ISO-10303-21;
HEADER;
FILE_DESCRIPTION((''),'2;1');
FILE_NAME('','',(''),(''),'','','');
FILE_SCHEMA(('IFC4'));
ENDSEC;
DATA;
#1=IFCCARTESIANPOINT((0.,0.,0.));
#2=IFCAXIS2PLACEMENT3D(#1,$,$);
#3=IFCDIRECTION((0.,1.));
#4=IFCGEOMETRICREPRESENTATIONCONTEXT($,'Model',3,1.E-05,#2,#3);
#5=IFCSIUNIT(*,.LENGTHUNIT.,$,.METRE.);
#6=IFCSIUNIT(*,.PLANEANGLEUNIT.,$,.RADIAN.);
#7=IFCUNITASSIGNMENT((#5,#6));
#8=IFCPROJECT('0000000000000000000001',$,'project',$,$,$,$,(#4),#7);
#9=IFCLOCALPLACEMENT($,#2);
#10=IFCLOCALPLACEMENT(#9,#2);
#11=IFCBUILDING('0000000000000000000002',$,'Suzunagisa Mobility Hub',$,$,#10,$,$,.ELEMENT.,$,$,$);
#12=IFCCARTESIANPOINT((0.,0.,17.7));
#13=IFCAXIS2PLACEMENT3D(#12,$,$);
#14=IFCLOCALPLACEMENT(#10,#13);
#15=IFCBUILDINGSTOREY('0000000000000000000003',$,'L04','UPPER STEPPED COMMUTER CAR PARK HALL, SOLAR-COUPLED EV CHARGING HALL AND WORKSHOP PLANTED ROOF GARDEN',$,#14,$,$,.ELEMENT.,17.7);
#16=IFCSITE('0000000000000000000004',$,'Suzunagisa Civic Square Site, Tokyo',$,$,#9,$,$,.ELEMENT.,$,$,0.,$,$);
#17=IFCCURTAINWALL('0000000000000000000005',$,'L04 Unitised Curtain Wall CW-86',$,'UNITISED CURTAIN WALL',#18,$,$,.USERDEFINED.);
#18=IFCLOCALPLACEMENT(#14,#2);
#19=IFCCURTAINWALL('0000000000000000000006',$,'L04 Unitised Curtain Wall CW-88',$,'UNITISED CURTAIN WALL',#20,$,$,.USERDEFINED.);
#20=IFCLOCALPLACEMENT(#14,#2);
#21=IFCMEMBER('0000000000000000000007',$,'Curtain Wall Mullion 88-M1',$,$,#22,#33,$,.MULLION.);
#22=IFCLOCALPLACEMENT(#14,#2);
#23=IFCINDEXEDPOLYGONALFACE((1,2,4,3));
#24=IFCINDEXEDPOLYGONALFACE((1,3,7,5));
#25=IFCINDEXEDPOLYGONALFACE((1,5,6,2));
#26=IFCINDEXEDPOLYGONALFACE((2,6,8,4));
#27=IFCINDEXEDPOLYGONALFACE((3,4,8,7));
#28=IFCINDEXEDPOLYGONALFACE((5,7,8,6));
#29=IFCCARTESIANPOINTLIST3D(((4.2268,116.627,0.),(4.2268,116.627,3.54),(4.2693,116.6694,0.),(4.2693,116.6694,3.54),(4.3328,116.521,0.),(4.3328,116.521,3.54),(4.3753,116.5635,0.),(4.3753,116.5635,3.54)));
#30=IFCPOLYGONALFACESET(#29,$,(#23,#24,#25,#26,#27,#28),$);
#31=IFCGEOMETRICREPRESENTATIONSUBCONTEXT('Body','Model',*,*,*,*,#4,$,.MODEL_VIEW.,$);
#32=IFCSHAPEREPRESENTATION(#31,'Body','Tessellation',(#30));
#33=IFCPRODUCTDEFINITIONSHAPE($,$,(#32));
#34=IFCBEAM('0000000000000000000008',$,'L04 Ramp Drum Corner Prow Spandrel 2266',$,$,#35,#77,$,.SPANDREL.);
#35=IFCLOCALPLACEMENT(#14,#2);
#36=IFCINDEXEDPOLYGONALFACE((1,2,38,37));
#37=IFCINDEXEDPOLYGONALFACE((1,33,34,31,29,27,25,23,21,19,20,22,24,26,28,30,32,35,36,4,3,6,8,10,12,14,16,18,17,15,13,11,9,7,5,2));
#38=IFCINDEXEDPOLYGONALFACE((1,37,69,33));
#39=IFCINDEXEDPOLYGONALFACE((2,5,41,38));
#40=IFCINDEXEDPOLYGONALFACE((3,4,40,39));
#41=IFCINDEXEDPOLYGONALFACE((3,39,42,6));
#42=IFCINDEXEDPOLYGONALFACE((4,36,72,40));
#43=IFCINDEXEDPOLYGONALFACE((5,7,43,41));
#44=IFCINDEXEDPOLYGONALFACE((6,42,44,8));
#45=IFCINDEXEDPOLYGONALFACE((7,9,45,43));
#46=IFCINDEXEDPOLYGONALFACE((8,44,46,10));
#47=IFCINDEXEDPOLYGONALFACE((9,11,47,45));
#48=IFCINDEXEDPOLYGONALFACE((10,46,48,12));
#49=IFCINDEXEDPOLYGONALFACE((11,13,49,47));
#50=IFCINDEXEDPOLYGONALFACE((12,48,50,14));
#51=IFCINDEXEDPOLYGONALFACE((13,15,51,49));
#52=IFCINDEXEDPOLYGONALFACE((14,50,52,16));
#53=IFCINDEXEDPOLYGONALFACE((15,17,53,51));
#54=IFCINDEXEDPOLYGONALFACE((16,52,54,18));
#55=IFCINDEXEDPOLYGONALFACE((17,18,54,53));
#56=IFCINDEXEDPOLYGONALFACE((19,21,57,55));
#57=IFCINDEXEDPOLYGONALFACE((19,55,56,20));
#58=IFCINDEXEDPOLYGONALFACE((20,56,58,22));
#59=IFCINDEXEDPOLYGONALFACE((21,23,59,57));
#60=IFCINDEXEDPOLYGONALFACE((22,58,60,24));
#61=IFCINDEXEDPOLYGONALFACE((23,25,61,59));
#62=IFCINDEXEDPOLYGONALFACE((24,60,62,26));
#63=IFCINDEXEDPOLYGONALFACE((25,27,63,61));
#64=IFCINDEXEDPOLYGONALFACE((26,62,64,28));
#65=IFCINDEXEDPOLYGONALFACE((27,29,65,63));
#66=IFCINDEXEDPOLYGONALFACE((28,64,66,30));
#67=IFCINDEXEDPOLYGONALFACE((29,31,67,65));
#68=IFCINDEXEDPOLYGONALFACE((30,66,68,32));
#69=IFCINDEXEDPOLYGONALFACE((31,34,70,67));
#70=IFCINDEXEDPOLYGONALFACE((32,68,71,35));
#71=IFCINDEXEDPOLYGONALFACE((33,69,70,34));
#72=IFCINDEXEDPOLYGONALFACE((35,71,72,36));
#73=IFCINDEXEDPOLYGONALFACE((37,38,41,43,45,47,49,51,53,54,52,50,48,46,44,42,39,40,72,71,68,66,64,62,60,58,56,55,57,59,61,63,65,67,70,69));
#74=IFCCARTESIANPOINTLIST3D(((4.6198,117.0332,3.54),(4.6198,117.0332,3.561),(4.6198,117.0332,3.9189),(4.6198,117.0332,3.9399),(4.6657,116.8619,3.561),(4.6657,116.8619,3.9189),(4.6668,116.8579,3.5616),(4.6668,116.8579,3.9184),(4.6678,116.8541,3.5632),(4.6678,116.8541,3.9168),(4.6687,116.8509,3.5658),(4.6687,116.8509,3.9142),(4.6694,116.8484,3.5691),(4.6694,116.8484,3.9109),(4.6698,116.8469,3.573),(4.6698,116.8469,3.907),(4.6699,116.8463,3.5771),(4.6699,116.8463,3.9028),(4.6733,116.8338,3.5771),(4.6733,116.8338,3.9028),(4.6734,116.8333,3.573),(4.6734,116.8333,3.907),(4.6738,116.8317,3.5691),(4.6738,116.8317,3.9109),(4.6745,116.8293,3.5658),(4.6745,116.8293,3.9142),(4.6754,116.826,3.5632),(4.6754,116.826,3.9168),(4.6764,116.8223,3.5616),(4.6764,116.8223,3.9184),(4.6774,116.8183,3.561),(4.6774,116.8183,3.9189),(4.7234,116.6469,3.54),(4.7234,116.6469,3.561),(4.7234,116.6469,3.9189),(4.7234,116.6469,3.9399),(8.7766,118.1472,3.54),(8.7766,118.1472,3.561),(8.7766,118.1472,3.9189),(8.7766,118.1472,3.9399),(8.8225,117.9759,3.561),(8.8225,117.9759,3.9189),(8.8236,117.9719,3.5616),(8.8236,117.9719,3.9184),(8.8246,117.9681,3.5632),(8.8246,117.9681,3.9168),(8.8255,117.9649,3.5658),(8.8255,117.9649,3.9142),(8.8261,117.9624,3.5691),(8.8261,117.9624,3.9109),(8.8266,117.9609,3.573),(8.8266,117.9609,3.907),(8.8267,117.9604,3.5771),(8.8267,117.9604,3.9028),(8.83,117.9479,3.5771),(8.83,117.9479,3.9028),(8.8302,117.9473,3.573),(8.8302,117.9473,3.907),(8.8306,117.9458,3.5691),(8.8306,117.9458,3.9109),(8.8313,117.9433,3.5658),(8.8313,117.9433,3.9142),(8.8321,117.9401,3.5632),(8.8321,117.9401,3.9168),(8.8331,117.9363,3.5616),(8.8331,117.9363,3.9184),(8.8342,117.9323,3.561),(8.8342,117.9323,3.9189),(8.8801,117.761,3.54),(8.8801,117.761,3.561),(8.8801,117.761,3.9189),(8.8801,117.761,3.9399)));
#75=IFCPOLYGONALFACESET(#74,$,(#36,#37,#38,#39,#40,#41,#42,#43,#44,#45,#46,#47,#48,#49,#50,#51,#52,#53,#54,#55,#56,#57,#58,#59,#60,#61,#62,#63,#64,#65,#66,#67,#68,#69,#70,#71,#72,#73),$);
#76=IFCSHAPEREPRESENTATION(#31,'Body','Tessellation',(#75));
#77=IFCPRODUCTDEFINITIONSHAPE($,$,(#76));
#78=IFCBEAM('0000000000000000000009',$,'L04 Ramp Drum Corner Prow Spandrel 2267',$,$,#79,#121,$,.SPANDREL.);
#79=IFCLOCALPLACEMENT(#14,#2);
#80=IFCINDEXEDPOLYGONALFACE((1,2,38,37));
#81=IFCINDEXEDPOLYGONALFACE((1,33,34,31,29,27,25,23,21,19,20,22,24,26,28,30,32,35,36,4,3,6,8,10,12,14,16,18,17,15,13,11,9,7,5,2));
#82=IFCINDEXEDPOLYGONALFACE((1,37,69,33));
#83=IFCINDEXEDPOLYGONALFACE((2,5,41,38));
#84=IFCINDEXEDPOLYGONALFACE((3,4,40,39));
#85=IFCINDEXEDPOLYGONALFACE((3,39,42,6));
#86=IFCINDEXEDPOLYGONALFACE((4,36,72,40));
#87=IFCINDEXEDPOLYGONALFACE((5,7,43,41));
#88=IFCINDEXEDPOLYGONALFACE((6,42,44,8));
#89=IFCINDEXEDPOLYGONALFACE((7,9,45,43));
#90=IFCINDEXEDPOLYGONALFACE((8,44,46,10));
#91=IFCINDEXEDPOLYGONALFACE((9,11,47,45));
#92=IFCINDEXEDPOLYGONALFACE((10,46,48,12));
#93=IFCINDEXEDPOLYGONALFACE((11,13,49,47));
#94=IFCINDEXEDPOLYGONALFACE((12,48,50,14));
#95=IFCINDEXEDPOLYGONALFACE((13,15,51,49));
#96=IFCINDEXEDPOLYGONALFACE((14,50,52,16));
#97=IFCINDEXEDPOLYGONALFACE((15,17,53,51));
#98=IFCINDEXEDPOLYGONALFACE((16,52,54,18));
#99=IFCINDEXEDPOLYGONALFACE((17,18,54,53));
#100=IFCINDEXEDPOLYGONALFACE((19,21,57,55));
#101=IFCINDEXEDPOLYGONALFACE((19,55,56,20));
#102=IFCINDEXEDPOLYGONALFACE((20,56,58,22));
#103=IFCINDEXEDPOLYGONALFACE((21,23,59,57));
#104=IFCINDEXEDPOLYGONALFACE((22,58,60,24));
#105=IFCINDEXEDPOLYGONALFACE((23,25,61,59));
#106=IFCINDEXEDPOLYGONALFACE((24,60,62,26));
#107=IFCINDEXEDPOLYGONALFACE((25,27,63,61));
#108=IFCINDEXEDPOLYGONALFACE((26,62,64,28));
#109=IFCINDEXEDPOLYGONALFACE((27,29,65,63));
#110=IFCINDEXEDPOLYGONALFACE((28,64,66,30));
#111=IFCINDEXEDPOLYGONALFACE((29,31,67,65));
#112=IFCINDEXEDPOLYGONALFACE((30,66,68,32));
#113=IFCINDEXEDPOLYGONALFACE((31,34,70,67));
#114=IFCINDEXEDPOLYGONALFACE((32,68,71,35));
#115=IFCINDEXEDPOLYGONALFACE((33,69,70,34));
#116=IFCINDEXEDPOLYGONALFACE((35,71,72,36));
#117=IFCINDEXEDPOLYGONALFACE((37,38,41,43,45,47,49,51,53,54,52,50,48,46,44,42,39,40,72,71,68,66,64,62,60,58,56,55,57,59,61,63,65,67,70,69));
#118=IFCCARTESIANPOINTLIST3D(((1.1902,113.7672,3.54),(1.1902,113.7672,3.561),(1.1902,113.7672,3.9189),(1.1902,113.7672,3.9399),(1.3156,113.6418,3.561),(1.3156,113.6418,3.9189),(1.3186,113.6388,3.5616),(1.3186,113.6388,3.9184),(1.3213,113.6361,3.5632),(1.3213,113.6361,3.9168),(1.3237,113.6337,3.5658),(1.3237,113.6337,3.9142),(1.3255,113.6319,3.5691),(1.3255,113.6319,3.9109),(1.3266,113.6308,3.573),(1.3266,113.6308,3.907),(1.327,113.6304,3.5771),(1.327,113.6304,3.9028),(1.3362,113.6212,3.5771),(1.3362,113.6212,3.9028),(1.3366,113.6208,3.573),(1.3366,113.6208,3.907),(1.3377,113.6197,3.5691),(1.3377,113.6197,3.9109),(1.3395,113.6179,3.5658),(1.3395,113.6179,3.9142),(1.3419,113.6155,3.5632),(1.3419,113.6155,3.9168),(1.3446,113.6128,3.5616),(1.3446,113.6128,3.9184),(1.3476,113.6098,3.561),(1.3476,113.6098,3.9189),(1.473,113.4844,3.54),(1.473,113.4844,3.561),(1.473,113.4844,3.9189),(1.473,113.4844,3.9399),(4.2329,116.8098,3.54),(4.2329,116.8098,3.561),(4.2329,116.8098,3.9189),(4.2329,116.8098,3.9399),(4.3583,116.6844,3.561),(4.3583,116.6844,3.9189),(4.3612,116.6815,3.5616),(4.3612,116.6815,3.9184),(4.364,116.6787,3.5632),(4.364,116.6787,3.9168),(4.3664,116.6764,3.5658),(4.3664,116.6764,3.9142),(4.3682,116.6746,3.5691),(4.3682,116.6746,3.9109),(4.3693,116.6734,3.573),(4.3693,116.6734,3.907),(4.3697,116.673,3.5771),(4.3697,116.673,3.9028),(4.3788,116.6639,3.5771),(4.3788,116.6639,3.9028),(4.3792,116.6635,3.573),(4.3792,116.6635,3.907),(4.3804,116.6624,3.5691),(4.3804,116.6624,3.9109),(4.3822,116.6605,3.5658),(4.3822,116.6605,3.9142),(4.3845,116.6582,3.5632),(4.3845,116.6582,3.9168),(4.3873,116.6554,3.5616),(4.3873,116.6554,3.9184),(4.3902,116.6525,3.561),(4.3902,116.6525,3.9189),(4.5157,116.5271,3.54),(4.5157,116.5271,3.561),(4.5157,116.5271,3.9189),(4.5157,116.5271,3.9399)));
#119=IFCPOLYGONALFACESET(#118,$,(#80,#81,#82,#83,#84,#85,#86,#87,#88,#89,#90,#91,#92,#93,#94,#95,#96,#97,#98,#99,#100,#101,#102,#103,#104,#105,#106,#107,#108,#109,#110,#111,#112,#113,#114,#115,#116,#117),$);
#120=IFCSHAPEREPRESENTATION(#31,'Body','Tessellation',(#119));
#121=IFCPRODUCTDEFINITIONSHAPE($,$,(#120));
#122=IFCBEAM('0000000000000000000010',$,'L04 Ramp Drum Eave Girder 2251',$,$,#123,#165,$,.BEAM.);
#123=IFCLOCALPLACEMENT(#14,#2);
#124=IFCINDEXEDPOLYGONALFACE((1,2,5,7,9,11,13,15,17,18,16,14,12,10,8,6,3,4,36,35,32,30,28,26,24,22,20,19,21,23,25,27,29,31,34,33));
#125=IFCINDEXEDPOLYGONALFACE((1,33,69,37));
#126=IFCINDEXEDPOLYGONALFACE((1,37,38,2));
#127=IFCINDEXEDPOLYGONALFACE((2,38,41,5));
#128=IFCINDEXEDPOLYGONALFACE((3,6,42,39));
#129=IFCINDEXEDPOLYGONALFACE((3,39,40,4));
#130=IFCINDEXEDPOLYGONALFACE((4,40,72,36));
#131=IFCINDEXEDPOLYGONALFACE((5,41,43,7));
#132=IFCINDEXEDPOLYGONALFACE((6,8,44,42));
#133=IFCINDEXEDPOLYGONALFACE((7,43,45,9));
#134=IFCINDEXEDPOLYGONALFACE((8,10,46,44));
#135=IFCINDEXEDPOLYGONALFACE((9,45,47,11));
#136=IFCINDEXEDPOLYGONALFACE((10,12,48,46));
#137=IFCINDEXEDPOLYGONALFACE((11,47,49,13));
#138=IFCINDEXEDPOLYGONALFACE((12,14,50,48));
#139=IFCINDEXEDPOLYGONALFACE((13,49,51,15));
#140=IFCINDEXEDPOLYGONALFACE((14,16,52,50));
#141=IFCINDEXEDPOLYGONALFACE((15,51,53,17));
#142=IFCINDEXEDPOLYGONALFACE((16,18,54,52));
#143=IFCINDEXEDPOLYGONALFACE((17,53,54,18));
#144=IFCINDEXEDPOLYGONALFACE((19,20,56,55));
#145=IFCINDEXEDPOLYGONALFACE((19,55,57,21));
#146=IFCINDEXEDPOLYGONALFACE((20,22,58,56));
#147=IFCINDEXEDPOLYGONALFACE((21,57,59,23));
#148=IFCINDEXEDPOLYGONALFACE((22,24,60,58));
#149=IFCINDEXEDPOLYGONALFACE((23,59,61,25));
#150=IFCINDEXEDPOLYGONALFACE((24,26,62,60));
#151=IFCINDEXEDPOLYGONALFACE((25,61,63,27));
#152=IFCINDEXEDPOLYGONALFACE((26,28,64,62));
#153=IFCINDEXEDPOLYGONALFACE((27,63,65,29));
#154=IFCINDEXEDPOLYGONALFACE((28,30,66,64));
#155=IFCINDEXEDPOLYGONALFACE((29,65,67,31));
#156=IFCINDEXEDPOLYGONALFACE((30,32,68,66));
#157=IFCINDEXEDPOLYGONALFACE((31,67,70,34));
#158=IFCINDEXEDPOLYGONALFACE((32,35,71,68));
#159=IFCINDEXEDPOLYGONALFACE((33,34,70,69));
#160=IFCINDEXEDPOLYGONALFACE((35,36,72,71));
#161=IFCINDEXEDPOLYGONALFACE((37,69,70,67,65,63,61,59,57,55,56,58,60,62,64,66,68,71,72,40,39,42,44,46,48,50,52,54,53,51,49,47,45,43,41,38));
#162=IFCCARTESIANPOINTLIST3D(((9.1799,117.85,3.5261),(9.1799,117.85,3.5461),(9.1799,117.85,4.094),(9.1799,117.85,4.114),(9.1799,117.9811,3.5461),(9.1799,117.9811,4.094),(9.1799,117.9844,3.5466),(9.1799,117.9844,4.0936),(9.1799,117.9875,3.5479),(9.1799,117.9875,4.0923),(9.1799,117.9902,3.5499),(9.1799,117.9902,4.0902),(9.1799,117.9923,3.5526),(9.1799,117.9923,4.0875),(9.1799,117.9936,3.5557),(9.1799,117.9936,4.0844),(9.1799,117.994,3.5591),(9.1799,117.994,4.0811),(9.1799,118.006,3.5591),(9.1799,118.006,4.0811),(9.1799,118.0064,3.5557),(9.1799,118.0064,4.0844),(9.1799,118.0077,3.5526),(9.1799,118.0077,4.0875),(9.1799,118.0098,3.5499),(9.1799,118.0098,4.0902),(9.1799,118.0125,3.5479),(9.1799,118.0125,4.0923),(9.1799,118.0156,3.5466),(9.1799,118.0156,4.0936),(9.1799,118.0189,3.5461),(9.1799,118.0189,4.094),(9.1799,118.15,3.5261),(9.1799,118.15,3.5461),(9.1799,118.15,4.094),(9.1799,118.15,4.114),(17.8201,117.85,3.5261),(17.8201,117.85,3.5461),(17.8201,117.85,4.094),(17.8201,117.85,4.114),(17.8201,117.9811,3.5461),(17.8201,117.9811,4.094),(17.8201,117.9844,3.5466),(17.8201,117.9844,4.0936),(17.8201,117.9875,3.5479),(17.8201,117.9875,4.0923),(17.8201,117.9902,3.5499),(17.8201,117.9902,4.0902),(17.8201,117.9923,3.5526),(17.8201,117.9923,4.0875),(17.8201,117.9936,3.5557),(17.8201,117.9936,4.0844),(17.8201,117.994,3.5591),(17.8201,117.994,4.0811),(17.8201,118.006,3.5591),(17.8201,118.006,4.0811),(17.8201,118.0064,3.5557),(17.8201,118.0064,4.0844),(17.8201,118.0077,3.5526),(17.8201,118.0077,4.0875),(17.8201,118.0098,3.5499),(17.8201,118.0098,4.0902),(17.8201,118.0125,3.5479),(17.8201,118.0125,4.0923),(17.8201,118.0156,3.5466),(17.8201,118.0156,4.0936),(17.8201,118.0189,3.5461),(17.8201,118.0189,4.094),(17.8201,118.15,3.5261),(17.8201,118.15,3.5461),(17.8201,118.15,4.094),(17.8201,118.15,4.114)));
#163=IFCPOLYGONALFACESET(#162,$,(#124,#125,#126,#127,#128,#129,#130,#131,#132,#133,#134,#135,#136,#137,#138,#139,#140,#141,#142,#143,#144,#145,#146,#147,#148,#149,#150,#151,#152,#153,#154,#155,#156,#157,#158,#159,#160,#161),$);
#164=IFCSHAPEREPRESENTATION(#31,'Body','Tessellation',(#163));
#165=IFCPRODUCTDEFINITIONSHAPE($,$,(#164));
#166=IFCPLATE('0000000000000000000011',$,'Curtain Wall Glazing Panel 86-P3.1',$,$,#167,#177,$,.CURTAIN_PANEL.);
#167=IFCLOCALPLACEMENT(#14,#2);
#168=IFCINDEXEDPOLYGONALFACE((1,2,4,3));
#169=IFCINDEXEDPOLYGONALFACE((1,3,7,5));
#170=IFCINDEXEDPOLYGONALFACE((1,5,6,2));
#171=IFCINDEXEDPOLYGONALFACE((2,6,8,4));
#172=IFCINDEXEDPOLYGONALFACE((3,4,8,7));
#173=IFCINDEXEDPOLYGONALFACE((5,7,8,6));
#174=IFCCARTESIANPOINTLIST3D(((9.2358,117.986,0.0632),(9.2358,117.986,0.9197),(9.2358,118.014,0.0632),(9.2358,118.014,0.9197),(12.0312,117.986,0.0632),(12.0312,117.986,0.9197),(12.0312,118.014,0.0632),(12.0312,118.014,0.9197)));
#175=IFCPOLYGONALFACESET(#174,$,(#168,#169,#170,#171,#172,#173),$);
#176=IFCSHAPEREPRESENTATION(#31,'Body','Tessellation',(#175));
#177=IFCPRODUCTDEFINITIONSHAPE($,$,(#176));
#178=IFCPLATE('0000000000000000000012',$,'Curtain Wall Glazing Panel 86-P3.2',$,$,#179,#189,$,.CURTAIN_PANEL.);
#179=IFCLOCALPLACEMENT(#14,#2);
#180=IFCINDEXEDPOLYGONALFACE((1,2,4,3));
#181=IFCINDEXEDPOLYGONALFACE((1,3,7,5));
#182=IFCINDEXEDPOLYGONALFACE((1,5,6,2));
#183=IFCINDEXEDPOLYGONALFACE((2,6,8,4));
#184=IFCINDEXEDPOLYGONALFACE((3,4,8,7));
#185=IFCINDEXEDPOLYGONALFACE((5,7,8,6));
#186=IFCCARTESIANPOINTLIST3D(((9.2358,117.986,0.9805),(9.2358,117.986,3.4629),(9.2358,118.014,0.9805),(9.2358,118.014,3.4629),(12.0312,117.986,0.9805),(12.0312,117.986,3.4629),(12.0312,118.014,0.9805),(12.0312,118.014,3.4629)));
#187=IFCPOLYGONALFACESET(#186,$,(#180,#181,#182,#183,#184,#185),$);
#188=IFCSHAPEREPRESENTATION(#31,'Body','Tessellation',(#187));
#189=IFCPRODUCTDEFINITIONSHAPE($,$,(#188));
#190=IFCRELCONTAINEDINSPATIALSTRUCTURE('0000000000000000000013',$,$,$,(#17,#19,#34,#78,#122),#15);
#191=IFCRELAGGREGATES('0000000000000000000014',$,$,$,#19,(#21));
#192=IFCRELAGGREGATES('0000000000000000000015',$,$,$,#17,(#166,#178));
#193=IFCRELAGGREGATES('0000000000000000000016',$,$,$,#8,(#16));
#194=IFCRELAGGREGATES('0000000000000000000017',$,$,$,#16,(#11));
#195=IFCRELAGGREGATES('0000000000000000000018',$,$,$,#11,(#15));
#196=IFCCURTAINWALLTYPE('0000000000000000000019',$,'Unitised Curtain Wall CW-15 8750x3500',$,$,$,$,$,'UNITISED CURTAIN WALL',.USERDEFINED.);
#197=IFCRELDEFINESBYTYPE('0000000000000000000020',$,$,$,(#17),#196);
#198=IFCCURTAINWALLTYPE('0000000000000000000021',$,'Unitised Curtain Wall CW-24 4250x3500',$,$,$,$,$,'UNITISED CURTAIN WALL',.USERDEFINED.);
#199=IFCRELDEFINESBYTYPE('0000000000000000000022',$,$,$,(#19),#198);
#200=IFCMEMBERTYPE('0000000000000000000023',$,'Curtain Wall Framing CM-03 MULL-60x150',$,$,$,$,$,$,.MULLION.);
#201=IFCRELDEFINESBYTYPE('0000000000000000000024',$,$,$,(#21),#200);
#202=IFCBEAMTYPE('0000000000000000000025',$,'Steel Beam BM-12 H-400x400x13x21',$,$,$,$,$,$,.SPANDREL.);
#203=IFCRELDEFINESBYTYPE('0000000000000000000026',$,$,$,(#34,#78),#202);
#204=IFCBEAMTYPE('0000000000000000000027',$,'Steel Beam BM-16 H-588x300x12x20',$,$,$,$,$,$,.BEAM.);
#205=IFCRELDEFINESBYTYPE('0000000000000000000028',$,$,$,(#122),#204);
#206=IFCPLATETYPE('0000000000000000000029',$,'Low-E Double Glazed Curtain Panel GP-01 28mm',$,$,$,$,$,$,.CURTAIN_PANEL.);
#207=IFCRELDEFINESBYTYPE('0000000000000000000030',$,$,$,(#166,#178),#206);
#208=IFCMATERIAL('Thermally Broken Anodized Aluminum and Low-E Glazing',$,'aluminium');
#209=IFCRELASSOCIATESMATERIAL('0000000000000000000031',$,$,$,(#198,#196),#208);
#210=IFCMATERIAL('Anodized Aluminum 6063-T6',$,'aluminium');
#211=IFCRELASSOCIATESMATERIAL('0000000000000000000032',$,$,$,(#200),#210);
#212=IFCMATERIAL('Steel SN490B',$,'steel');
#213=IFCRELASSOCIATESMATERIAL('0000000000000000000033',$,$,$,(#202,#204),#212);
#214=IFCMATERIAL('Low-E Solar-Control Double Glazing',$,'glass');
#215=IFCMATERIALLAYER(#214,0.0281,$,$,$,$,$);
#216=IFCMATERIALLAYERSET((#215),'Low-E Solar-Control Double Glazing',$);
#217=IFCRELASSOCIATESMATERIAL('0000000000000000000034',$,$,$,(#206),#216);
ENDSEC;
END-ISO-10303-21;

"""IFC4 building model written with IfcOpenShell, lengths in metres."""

from ifc_helpers import new_model, si_unit, direction, frame, origin, origin_2d, place, context, subcontext, project, spatial, rectangle, i_section, extrude, material, layer, layer_set, material_profile, profile_set, type_object, element, aggregate, save


model = new_model("IFC4")

# Units and contexts
model_context = context("Model", 3, precision=1e-05, world=origin(), true_north=direction((0.0, 1.0)))
body_context = subcontext(model_context, "Body", "Model", "MODEL_VIEW")
ifc_project = project(units=[si_unit("LENGTHUNIT", "METRE"), si_unit("PLANEANGLEUNIT", "RADIAN")], contexts=[model_context])

# Site, building, storey
site_placement = place(None, origin())
site = spatial("IfcSite", under=ifc_project, at=site_placement, Name="Suzunagisa Civic Square Site, Tokyo", CompositionType="ELEMENT", RefElevation=0.0)
building_placement = place(site_placement, origin())
building = spatial("IfcBuilding", under=site, at=building_placement, Name="Suzunagisa Mobility Hub", CompositionType="ELEMENT")
storey_placement = place(building_placement, frame((0.0, 0.0, 17.7)))
storey = spatial("IfcBuildingStorey", under=building, at=storey_placement, Name="L04", Description="UPPER STEPPED COMMUTER CAR PARK HALL, SOLAR-COUPLED EV CHARGING HALL AND WORKSHOP PLANTED ROOF GARDEN", CompositionType="ELEMENT", Elevation=17.7)

# Shared definitions
ifc_material_1 = material(Name="Steel SN490B", Category="steel")

# Shared definitions
ifc_material_2 = material(Name="Thermally Broken Anodized Aluminum and Low-E Glazing", Category="aluminium")
curtain_wall_type_1 = type_object("IfcCurtainWallType", Name="Unitised Curtain Wall CW-24 4250x3500", ElementType="UNITISED CURTAIN WALL", PredefinedType="USERDEFINED", material=ifc_material_2)
ifc_material_3 = material(Name="Anodized Aluminum 6063-T6", Category="aluminium")

# Curtain wall
curtain_wall_type_2 = type_object("IfcCurtainWallType", Name="Unitised Curtain Wall CW-15 8750x3500", ElementType="UNITISED CURTAIN WALL", PredefinedType="USERDEFINED", material=ifc_material_2)
curtain_wall_1_placement = place(storey_placement, origin())
curtain_wall_1 = element("IfcCurtainWall", 1, at=curtain_wall_1_placement, inside=storey, type_object=curtain_wall_type_2, Name="L04 Unitised Curtain Wall CW-86", ObjectType="UNITISED CURTAIN WALL", PredefinedType="USERDEFINED")
ifc_material_profile_1 = material_profile(ifc_material_3, rectangle(XDim=0.0601, YDim=0.1499, at=origin_2d()), Name="MULL-60x150")
ifc_profile_set_1 = profile_set([ifc_material_profile_1], Name="Anodized Aluminum 6063-T6")
member_type_1 = type_object("IfcMemberType", Name="Curtain Wall Framing CM-03 MULL-60x150", PredefinedType="MULLION", material=ifc_profile_set_1)

# Curtain wall, member
curtain_wall_2_placement = place(storey_placement, origin())
curtain_wall_2 = element("IfcCurtainWall", 2, at=curtain_wall_2_placement, inside=storey, type_object=curtain_wall_type_1, Name="L04 Unitised Curtain Wall CW-88", ObjectType="UNITISED CURTAIN WALL", PredefinedType="USERDEFINED")
member_1_placement = place(storey_placement, frame((4.301, 116.5952, 0.0), z_axis=(0.0, 0.0, 1.0), x_axis=(-0.707107, -0.707107, 0.0)))
member_1 = element("IfcMember", 3, at=member_1_placement, type_object=member_type_1, Name="Curtain Wall Mullion 88-M1", PredefinedType="MULLION", context=body_context, shape_type="SweptSolid", body=[
    extrude(rectangle(XDim=0.0601, YDim=0.1499, at=origin_2d()), origin(), (0.0, 0.0, 1.0), 3.54),
])
aggregate(curtain_wall_2, [member_1])

# Beams
ifc_material_profile_2 = material_profile(ifc_material_1, i_section(OverallWidth=0.3999, OverallDepth=0.3999, WebThickness=0.0129, FlangeThickness=0.021, FilletRadius=0.0161, at=origin_2d()), Name="H-400x400x13x21")
ifc_profile_set_2 = profile_set([ifc_material_profile_2], Name="Steel SN490B")
beam_type_1 = type_object("IfcBeamType", Name="Steel Beam BM-12 H-400x400x13x21", PredefinedType="SPANDREL", material=ifc_profile_set_2)
beam_1_placement = place(storey_placement, frame((8.8284, 117.9541, 3.74), z_axis=(-0.965913, -0.258867, 0.0), x_axis=(0.258867, -0.965913, 0.0)))
element("IfcBeam", 4, at=beam_1_placement, inside=storey, type_object=beam_type_1, Name="L04 Ramp Drum Corner Prow Spandrel 2266", PredefinedType="SPANDREL", context=body_context, shape_type="SweptSolid", body=[
    extrude(i_section(OverallWidth=0.3999, OverallDepth=0.3999, WebThickness=0.0129, FlangeThickness=0.021, FilletRadius=0.0161, at=origin_2d()), origin(), (0.0, 0.0, 1.0), 4.3035),
])
beam_2_placement = place(storey_placement, frame((4.3743, 116.6685, 3.74), z_axis=(-0.707107, -0.707107, 0.0), x_axis=(0.707107, -0.707107, 0.0)))
element("IfcBeam", 5, at=beam_2_placement, inside=storey, type_object=beam_type_1, Name="L04 Ramp Drum Corner Prow Spandrel 2267", PredefinedType="SPANDREL", context=body_context, shape_type="SweptSolid", body=[
    extrude(i_section(OverallWidth=0.3999, OverallDepth=0.3999, WebThickness=0.0129, FlangeThickness=0.021, FilletRadius=0.0161, at=origin_2d()), origin(), (0.0, 0.0, 1.0), 4.303),
])
ifc_material_profile_3 = material_profile(ifc_material_1, i_section(OverallWidth=0.3, OverallDepth=0.5879, WebThickness=0.012, FlangeThickness=0.02, FilletRadius=0.0129, at=origin_2d()), Name="H-588x300x12x20")
ifc_profile_set_3 = profile_set([ifc_material_profile_3], Name="Steel SN490B")
beam_type_2 = type_object("IfcBeamType", Name="Steel Beam BM-16 H-588x300x12x20", PredefinedType="BEAM", material=ifc_profile_set_3)
beam_3_placement = place(storey_placement, frame((9.1799, 118.0, 3.8201), z_axis=(1.0, 0.0, 0.0), x_axis=(0.0, 1.0, 0.0)))
element("IfcBeam", 6, at=beam_3_placement, inside=storey, type_object=beam_type_2, Name="L04 Ramp Drum Eave Girder 2251", PredefinedType="BEAM", context=body_context, shape_type="SweptSolid", body=[
    extrude(i_section(OverallWidth=0.3, OverallDepth=0.5879, WebThickness=0.012, FlangeThickness=0.02, FilletRadius=0.0129, at=origin_2d()), origin(), (0.0, 0.0, 1.0), 8.6401),
])

# Plates
ifc_material_4 = material(Name="Low-E Solar-Control Double Glazing", Category="glass")
ifc_layer_1 = layer(ifc_material_4, 0.0281)
ifc_layer_set_1 = layer_set([ifc_layer_1], Name="Low-E Solar-Control Double Glazing")
plate_type_1 = type_object("IfcPlateType", Name="Low-E Double Glazed Curtain Panel GP-01 28mm", PredefinedType="CURTAIN_PANEL", material=ifc_layer_set_1)
plate_1_placement = place(storey_placement, frame((10.6335, 118.0, 0.0632), z_axis=(0.0, 0.0, 1.0), x_axis=(-1.0, 0.0, 0.0)))
plate_1 = element("IfcPlate", 7, at=plate_1_placement, type_object=plate_type_1, Name="Curtain Wall Glazing Panel 86-P3.1", PredefinedType="CURTAIN_PANEL", context=body_context, shape_type="SweptSolid", body=[
    extrude(rectangle(XDim=2.7954, YDim=0.0281, at=origin_2d()), origin(), (0.0, 0.0, 1.0), 0.8564),
])
plate_2_placement = place(storey_placement, frame((10.6335, 118.0, 0.9805), z_axis=(0.0, 0.0, 1.0), x_axis=(-1.0, 0.0, 0.0)))
plate_2 = element("IfcPlate", 8, at=plate_2_placement, type_object=plate_type_1, Name="Curtain Wall Glazing Panel 86-P3.2", PredefinedType="CURTAIN_PANEL", context=body_context, shape_type="SweptSolid", body=[
    extrude(rectangle(XDim=2.7954, YDim=0.0281, at=origin_2d()), origin(), (0.0, 0.0, 1.0), 2.4824),
])
aggregate(curtain_wall_1, [plate_1, plate_2])

save(model, "model.ifc")
